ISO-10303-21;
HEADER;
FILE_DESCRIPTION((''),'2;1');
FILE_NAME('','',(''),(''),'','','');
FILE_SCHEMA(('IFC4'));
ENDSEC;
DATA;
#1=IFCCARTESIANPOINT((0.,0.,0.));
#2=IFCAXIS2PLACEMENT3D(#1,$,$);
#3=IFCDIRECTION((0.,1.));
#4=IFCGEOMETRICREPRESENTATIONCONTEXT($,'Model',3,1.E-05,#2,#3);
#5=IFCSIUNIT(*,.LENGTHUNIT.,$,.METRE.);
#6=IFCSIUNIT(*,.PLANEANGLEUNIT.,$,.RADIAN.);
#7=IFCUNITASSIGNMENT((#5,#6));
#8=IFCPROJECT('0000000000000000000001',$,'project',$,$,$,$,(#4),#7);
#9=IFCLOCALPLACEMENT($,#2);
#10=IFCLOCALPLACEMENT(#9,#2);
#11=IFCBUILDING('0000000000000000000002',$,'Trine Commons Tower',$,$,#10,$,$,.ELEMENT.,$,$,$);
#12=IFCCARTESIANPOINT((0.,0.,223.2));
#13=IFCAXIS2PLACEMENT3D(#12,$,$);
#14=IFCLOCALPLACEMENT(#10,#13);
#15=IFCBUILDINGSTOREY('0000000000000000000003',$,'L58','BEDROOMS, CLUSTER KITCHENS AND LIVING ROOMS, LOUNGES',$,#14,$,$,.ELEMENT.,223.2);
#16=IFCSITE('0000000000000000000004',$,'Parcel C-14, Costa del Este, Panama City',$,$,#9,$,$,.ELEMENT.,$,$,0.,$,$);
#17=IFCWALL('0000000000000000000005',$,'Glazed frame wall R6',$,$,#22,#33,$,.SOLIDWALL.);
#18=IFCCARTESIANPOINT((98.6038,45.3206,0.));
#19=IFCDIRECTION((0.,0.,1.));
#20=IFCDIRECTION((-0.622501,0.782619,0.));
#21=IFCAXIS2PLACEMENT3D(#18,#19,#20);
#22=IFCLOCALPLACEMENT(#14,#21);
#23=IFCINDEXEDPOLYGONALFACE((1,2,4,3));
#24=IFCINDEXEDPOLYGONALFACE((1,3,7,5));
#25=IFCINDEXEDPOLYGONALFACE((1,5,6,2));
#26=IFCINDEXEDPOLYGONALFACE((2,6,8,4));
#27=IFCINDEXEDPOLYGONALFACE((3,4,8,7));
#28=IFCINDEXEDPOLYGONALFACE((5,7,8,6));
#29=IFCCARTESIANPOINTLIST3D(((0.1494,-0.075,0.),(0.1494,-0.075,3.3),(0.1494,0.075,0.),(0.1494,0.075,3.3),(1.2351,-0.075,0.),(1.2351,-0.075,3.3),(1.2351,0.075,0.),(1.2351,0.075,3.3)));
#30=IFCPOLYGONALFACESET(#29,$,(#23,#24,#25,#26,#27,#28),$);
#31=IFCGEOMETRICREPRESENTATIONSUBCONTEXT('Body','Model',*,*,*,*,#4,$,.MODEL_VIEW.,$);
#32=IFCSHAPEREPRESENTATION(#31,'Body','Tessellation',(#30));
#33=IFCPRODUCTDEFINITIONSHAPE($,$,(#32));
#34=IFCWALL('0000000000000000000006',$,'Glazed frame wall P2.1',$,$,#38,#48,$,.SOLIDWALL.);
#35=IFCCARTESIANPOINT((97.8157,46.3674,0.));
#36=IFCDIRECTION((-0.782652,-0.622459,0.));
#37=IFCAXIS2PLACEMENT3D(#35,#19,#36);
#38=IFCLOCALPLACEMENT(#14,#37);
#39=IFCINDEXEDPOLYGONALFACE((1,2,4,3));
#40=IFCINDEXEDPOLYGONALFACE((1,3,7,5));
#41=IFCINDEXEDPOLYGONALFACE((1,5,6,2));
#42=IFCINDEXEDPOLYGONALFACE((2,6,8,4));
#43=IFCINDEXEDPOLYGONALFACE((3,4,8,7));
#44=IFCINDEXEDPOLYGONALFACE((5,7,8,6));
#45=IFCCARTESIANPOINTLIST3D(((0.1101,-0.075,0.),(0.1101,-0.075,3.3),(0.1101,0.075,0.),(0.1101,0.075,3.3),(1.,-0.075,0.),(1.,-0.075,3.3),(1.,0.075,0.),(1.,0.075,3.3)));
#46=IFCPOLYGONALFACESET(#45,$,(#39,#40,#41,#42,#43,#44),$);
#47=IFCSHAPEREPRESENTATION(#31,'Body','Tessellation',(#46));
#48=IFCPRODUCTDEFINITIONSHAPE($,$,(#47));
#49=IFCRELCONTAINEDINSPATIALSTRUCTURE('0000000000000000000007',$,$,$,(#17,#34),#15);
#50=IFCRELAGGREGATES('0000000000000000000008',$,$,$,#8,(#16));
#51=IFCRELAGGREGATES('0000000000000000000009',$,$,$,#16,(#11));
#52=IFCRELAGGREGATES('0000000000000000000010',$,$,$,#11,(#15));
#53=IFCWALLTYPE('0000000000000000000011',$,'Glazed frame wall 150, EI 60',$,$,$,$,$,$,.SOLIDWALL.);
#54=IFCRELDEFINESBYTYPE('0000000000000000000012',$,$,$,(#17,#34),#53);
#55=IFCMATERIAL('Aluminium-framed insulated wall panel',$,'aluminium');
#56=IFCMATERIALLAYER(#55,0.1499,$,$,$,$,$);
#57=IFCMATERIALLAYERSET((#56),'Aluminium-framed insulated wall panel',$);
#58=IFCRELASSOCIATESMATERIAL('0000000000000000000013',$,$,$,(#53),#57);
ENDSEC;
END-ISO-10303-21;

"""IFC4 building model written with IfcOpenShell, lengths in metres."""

from ifc_helpers import new_model, si_unit, direction, frame, origin, place, context, subcontext, project, spatial, polyline, outline, extrude, material, layer, layer_set, type_object, element, save


model = new_model("IFC4")

# Units and contexts
model_context = context("Model", 3, precision=1e-05, world=origin(), true_north=direction((0.0, 1.0)))
body_context = subcontext(model_context, "Body", "Model", "MODEL_VIEW")
ifc_project = project(units=[si_unit("LENGTHUNIT", "METRE"), si_unit("PLANEANGLEUNIT", "RADIAN")], contexts=[model_context])

# Site, building, storey
site_placement = place(None, origin())
site = spatial("IfcSite", under=ifc_project, at=site_placement, Name="Parcel C-14, Costa del Este, Panama City", CompositionType="ELEMENT", RefElevation=0.0)
building_placement = place(site_placement, origin())
building = spatial("IfcBuilding", under=site, at=building_placement, Name="Trine Commons Tower", CompositionType="ELEMENT")
storey_placement = place(building_placement, frame((0.0, 0.0, 223.2)))
storey = spatial("IfcBuildingStorey", under=building, at=storey_placement, Name="L58", Description="BEDROOMS, CLUSTER KITCHENS AND LIVING ROOMS, LOUNGES", CompositionType="ELEMENT", Elevation=223.2)

# Walls
ifc_material_1 = material(Name="Aluminium-framed insulated wall panel", Category="aluminium")
ifc_layer_1 = layer(ifc_material_1, 0.1499)
ifc_layer_set_1 = layer_set([ifc_layer_1], Name="Aluminium-framed insulated wall panel")
wall_type_1 = type_object("IfcWallType", Name="Glazed frame wall 150, EI 60", PredefinedType="SOLIDWALL", material=ifc_layer_set_1)
wall_1_placement = place(storey_placement, frame((98.6038, 45.3206, 0.0), z_axis=(0.0, 0.0, 1.0), x_axis=(-0.622501, 0.782619, 0.0)))
element("IfcWall", 1, at=wall_1_placement, inside=storey, type_object=wall_type_1, Name="Glazed frame wall R6", PredefinedType="SOLIDWALL", context=body_context, shape_type="SweptSolid", body=[
    extrude(outline(polyline([(0.1494, 0.075), (0.1494, -0.075), (1.2351, -0.075), (1.2351, 0.075), (0.1494, 0.075)])), origin(), (0.0, 0.0, 1.0), 3.3),
])
wall_2_placement = place(storey_placement, frame((97.8157, 46.3674, 0.0), z_axis=(0.0, 0.0, 1.0), x_axis=(-0.782652, -0.622459, 0.0)))
element("IfcWall", 2, at=wall_2_placement, inside=storey, type_object=wall_type_1, Name="Glazed frame wall P2.1", PredefinedType="SOLIDWALL", context=body_context, shape_type="SweptSolid", body=[
    extrude(outline(polyline([(0.1101, -0.075), (1.0, -0.075), (1.0, 0.075), (0.1101, 0.075), (0.1101, -0.075)])), origin(), (0.0, 0.0, 1.0), 3.3),
])

save(model, "model.ifc")
